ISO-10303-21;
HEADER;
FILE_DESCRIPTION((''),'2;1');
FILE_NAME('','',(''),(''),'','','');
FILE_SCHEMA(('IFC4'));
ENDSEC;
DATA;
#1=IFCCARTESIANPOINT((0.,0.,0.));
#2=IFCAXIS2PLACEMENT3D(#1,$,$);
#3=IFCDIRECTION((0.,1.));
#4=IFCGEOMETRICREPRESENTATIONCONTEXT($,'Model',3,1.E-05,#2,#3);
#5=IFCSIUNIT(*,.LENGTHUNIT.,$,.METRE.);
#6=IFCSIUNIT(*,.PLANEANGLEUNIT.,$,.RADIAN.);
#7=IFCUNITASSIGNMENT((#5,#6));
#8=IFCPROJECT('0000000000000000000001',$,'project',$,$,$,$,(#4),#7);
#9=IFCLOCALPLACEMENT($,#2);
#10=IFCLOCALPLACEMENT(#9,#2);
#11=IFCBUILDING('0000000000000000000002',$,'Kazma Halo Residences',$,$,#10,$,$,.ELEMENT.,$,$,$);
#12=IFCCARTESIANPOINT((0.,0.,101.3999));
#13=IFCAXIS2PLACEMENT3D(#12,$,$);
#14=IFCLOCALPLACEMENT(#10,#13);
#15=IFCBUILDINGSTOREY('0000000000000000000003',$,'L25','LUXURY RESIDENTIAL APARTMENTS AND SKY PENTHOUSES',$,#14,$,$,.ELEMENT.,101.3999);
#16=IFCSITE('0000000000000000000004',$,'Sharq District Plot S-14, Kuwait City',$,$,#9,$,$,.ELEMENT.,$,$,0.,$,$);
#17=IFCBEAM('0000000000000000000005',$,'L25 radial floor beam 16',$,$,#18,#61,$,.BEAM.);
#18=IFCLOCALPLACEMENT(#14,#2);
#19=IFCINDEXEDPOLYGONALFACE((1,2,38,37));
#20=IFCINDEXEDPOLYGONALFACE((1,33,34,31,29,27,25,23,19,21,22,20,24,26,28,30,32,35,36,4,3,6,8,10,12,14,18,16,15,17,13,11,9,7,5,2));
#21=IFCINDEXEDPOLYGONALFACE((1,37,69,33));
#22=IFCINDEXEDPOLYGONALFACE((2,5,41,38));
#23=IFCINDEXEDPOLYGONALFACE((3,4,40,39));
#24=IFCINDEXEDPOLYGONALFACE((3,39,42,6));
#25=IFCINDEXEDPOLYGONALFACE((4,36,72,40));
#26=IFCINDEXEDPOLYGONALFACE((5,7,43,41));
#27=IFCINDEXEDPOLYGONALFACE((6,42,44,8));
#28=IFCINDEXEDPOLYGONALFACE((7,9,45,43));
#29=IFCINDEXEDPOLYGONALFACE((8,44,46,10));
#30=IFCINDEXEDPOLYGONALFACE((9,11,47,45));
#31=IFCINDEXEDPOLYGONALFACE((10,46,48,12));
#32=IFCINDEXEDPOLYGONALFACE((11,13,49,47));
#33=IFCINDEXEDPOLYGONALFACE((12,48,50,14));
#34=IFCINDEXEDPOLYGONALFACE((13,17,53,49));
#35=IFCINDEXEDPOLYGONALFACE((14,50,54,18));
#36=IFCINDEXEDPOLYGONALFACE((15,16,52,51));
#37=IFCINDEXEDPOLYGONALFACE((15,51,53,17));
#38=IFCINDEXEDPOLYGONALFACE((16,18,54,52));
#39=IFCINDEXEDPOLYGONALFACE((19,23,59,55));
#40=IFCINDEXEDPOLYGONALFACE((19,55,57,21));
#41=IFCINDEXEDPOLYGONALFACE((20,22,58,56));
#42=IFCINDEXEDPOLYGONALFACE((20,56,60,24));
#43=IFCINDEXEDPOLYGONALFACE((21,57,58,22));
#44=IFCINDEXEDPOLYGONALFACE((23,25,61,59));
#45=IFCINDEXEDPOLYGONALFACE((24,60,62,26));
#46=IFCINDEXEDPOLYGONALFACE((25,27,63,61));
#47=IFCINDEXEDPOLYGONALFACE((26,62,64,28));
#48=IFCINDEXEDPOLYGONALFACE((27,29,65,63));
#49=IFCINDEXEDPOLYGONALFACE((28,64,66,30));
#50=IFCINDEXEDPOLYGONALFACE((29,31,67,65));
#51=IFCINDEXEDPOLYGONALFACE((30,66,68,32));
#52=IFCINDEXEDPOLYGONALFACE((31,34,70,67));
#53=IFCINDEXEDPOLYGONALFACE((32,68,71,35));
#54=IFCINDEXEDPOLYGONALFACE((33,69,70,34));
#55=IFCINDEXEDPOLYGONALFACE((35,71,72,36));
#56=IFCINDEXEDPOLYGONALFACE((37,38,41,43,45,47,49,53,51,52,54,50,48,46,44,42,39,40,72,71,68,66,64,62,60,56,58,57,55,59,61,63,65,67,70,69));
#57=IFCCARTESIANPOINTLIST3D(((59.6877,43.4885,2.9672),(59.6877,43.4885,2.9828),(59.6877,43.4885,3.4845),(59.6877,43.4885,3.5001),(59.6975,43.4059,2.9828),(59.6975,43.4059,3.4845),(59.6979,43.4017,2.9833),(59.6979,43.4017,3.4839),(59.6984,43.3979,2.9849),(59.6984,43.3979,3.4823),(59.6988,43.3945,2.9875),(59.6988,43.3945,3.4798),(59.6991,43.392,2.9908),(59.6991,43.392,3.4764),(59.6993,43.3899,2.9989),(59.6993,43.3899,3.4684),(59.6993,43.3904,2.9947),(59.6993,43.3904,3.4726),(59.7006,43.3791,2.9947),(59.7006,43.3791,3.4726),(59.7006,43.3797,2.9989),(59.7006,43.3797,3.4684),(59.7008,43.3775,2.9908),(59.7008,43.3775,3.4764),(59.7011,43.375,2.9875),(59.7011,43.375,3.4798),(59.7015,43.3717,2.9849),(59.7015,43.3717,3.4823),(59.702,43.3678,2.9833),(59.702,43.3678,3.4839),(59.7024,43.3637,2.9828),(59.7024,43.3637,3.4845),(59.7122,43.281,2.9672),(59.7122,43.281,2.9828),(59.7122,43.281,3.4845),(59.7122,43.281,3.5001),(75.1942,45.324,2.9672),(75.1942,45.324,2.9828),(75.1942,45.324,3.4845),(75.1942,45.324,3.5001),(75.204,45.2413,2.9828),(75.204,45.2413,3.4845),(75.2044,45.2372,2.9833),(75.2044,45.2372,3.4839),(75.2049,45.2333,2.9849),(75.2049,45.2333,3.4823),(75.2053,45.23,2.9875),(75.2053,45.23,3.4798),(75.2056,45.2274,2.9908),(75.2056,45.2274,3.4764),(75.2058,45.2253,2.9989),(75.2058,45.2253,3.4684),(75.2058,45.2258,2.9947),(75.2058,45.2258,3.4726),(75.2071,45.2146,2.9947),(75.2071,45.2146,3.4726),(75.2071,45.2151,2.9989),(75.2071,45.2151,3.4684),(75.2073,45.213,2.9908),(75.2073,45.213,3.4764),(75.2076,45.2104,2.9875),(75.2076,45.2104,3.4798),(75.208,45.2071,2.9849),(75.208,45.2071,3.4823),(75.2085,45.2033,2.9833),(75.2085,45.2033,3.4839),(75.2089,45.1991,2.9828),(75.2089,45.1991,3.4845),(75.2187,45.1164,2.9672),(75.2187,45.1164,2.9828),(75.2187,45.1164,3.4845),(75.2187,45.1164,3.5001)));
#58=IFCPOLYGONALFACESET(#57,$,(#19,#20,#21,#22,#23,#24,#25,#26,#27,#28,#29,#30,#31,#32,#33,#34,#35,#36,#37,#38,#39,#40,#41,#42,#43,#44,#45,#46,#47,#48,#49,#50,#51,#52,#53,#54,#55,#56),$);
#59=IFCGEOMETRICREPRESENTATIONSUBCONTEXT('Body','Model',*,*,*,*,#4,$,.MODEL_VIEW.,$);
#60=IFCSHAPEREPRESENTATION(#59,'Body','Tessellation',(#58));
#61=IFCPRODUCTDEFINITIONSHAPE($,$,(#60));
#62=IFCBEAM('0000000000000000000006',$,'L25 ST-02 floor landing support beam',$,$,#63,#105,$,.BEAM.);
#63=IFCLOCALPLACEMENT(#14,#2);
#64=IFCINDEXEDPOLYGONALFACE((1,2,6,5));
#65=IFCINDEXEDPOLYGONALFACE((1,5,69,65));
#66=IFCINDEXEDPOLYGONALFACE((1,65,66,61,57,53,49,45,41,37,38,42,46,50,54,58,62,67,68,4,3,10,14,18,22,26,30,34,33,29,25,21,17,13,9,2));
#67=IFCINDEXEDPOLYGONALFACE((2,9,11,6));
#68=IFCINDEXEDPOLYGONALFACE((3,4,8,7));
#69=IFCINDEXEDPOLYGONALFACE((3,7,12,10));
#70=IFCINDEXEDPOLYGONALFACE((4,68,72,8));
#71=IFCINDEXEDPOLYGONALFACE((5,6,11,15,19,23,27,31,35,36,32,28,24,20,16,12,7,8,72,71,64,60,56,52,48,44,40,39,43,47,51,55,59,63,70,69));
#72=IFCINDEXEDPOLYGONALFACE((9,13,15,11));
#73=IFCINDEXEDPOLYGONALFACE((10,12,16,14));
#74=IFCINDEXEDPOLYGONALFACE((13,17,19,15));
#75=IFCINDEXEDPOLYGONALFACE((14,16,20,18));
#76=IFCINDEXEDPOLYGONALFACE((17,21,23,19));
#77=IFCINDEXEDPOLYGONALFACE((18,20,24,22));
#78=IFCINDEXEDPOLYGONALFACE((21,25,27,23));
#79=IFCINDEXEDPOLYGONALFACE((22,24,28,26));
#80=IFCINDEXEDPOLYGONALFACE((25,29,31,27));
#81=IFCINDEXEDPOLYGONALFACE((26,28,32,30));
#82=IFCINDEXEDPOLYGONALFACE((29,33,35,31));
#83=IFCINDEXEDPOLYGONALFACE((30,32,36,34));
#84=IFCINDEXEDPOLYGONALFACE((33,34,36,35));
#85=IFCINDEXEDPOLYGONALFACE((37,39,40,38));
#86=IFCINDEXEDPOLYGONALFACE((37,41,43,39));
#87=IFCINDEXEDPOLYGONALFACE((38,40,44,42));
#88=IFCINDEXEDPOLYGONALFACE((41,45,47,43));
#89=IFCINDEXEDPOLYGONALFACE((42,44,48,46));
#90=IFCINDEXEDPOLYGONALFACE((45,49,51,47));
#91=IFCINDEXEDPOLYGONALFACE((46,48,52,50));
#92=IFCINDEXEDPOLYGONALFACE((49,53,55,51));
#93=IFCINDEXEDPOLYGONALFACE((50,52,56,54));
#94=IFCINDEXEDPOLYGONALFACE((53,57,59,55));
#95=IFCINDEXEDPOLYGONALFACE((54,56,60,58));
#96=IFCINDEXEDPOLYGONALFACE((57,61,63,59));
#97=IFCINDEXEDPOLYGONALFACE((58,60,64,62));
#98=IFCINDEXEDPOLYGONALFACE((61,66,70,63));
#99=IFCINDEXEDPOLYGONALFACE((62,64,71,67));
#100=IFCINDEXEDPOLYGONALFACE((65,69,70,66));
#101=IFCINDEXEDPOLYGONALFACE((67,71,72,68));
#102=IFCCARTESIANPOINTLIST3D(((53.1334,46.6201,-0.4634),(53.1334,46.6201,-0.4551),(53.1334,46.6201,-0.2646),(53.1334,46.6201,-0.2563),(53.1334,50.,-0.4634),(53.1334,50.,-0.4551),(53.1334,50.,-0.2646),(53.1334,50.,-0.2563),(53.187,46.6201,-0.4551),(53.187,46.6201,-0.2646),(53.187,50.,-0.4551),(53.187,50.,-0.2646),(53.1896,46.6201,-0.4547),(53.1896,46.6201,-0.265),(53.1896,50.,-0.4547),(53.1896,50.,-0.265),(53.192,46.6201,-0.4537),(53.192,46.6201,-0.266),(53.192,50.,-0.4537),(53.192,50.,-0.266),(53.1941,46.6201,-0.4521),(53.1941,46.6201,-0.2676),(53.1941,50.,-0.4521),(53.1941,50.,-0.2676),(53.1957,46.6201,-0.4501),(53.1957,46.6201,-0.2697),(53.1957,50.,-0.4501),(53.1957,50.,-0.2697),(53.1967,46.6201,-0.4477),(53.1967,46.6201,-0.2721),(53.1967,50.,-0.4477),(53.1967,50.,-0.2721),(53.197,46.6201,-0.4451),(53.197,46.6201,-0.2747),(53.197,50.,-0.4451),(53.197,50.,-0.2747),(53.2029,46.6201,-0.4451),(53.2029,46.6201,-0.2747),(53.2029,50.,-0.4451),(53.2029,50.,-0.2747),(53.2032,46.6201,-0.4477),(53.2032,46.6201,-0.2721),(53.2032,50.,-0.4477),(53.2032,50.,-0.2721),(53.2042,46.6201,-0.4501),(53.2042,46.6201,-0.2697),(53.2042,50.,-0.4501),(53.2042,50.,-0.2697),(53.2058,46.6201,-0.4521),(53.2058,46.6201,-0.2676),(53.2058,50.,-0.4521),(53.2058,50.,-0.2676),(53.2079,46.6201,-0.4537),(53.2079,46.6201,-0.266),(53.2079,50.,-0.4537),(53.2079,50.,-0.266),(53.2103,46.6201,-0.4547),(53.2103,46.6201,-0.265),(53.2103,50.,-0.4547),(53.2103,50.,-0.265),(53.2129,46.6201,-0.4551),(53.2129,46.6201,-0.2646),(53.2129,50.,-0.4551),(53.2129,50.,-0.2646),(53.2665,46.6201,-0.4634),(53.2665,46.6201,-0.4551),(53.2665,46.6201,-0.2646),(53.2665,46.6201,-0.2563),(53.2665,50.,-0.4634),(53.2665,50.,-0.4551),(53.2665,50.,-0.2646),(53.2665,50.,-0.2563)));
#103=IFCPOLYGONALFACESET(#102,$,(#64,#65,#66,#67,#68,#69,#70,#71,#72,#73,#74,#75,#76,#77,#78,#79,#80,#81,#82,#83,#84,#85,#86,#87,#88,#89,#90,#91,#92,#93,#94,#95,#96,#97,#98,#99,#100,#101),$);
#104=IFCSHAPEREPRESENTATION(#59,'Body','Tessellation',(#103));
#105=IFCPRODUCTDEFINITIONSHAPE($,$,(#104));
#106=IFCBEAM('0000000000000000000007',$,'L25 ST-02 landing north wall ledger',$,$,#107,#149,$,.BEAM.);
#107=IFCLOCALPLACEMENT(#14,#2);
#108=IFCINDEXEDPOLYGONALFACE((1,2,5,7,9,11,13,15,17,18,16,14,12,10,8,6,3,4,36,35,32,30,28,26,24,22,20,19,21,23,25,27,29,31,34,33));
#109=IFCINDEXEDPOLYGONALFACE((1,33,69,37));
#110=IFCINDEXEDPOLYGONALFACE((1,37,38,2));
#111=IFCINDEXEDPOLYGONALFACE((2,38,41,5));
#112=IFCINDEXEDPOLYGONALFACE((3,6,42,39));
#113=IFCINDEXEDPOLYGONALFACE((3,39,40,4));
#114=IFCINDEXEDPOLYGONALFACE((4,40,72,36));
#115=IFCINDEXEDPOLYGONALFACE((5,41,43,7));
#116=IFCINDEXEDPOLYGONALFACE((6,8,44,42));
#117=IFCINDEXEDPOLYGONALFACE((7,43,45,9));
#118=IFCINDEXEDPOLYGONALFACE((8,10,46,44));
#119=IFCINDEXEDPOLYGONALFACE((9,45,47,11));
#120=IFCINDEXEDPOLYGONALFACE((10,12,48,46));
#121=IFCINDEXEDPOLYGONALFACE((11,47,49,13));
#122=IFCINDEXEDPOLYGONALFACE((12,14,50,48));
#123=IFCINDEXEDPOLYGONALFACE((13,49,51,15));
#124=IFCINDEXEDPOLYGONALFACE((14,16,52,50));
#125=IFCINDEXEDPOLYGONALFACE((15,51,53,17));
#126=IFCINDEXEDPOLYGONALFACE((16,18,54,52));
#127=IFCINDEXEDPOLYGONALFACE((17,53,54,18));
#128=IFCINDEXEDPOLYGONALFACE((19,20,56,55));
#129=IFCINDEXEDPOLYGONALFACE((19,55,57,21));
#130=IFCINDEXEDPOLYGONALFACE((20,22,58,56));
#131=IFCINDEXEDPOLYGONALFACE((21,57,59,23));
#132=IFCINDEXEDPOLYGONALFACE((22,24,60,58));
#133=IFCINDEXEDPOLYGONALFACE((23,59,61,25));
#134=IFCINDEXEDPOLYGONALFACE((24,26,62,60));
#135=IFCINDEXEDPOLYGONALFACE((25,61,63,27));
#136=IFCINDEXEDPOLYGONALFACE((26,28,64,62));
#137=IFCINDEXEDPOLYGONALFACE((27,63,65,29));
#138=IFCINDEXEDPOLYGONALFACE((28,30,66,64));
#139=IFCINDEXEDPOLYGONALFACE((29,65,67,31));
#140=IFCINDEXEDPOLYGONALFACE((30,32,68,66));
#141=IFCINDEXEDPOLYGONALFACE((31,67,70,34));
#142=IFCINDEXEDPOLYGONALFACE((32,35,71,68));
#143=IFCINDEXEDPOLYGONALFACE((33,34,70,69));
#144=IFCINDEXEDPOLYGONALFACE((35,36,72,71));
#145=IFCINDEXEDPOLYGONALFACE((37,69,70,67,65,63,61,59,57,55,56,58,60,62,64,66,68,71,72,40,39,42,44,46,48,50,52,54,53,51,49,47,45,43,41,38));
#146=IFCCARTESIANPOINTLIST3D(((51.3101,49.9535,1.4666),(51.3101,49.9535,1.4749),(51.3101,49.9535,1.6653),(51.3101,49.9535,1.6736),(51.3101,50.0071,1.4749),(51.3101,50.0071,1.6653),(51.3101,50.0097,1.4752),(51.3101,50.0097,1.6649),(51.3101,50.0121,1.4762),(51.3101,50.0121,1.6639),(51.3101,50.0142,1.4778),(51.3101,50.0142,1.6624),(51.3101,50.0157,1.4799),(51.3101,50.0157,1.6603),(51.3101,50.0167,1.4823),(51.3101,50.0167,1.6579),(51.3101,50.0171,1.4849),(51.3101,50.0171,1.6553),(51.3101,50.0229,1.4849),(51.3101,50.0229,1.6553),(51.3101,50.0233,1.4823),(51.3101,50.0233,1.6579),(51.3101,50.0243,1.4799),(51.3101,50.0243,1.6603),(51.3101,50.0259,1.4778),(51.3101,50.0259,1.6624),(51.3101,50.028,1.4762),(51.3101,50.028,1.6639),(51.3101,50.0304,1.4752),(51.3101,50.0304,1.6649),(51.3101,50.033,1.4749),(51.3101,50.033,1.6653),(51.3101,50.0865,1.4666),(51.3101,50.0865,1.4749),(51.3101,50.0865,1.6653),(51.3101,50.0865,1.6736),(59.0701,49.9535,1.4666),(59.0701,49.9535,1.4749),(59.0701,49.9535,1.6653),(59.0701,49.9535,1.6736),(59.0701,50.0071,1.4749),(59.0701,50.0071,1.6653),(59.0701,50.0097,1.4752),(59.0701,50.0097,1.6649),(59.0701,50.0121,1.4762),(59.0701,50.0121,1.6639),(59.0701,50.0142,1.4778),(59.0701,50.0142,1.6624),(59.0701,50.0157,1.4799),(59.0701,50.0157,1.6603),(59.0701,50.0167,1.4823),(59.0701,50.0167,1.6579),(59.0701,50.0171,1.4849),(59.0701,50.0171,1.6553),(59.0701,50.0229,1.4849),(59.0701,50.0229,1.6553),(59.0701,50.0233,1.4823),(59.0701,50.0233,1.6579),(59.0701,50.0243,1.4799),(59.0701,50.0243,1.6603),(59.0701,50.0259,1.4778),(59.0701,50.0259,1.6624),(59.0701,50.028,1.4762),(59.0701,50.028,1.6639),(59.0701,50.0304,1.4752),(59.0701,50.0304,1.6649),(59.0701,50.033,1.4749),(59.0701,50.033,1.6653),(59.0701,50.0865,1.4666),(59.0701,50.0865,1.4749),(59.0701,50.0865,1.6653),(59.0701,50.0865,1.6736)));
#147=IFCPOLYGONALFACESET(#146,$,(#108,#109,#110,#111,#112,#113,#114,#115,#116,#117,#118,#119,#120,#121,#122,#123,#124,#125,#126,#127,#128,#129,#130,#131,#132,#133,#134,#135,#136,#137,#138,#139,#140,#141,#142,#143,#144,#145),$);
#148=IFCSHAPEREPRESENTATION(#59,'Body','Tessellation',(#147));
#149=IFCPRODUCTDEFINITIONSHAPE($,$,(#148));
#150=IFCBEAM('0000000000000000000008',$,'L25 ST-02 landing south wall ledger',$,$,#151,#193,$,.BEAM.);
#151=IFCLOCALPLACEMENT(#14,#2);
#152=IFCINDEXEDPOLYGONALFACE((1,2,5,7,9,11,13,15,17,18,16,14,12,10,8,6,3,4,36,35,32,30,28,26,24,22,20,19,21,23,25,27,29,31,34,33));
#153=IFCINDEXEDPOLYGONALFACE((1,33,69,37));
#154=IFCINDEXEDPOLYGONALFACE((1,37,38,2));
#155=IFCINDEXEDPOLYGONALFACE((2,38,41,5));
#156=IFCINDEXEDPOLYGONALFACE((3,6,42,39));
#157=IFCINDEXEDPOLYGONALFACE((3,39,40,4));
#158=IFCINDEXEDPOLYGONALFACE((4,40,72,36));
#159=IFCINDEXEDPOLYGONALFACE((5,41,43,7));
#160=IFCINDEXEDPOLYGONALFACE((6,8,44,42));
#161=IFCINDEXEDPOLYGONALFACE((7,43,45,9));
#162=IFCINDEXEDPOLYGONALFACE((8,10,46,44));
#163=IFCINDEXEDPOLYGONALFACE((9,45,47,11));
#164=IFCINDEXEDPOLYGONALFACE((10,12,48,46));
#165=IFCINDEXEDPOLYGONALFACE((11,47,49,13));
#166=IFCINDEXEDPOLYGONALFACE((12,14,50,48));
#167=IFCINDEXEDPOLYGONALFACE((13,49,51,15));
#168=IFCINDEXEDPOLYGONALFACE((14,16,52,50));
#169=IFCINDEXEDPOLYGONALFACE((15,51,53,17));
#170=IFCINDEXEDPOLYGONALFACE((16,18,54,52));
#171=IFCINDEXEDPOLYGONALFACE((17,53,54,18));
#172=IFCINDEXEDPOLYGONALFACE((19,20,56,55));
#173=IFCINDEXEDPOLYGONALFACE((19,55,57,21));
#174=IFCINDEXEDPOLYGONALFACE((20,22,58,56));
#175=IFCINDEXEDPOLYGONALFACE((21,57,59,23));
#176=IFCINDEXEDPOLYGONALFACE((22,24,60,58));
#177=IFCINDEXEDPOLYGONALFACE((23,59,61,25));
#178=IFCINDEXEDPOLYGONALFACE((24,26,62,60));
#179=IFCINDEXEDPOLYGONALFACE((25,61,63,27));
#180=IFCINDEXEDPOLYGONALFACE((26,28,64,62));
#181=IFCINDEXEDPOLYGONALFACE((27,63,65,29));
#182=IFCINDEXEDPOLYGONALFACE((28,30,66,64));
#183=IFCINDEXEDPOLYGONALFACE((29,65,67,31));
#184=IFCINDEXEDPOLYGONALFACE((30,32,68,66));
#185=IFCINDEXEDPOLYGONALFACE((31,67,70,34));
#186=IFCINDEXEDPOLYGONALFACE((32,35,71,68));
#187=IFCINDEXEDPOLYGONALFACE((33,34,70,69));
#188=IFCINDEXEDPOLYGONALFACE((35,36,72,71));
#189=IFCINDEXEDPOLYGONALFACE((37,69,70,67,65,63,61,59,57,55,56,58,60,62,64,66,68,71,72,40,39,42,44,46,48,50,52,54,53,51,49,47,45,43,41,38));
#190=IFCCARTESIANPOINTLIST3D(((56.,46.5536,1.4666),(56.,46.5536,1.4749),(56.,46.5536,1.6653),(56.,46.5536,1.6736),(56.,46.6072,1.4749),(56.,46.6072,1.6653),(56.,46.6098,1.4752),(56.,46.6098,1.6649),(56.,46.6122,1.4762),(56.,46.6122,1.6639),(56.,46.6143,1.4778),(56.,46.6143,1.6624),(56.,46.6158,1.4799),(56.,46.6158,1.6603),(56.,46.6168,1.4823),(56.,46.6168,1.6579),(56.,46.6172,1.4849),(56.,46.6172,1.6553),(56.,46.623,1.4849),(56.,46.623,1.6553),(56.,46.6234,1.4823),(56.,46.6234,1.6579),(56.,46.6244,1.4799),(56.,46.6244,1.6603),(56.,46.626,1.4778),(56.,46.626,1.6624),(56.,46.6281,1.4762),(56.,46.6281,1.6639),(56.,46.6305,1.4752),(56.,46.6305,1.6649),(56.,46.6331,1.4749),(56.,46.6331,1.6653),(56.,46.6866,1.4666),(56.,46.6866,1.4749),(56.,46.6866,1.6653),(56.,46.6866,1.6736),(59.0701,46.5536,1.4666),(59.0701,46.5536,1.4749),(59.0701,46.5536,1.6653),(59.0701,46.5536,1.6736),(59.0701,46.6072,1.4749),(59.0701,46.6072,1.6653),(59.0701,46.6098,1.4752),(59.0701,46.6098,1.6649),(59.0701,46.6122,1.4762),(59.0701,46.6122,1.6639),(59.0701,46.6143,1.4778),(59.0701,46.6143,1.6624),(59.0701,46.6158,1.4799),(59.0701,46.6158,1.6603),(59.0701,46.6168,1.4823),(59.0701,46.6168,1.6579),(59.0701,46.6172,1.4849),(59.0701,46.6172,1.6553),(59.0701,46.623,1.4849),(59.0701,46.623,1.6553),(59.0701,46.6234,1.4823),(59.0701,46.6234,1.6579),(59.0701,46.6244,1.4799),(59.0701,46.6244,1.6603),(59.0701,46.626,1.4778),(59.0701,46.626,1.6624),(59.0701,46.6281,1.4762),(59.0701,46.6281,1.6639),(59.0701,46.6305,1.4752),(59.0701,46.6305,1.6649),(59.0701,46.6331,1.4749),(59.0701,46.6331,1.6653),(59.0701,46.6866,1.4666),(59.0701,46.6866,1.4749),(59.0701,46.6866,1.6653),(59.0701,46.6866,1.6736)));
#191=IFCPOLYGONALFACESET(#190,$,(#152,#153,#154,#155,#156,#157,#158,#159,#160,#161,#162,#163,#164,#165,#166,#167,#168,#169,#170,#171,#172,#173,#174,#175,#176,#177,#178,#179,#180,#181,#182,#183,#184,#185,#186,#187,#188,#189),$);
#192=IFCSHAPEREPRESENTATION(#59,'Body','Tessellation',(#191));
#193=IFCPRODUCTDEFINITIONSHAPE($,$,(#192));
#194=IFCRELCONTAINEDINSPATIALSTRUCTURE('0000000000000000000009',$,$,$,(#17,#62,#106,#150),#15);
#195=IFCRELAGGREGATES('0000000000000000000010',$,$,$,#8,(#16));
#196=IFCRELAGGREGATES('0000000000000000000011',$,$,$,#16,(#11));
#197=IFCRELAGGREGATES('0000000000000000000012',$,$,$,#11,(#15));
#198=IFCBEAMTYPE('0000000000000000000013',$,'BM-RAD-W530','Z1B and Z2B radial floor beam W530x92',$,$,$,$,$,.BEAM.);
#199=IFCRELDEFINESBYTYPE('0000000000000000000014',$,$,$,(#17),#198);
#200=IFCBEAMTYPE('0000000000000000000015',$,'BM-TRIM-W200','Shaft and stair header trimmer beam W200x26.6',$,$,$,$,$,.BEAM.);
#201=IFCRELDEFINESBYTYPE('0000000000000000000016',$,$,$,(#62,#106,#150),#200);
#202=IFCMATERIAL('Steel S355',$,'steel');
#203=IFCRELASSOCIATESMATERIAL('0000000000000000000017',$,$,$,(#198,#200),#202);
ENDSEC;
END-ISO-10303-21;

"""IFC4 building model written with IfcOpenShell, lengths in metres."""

from ifc_helpers import new_model, si_unit, direction, frame, origin, origin_2d, place, context, subcontext, project, spatial, i_section, extrude, material, material_profile, profile_set, type_object, element, save


model = new_model("IFC4")

# Units and contexts
model_context = context("Model", 3, precision=1e-05, world=origin(), true_north=direction((0.0, 1.0)))
body_context = subcontext(model_context, "Body", "Model", "MODEL_VIEW")
ifc_project = project(units=[si_unit("LENGTHUNIT", "METRE"), si_unit("PLANEANGLEUNIT", "RADIAN")], contexts=[model_context])

# Site, building, storey
site_placement = place(None, origin())
site = spatial("IfcSite", under=ifc_project, at=site_placement, Name="Sharq District Plot S-14, Kuwait City", CompositionType="ELEMENT", RefElevation=0.0)
building_placement = place(site_placement, origin())
building = spatial("IfcBuilding", under=site, at=building_placement, Name="Kazma Halo Residences", CompositionType="ELEMENT")
storey_placement = place(building_placement, frame((0.0, 0.0, 101.3999)))
storey = spatial("IfcBuildingStorey", under=building, at=storey_placement, Name="L25", Description="LUXURY RESIDENTIAL APARTMENTS AND SKY PENTHOUSES", CompositionType="ELEMENT", Elevation=101.3999)

# Shared definitions
ifc_material_1 = material(Name="Steel S355", Category="steel")

# Beams
ifc_material_profile_1 = material_profile(ifc_material_1, i_section(OverallWidth=0.209, OverallDepth=0.533, WebThickness=0.0103, FlangeThickness=0.0156, FilletRadius=0.0161, at=origin_2d()), Name="W530x92")
ifc_profile_set_1 = profile_set([ifc_material_profile_1], Name="Steel S355")
beam_type_1 = type_object("IfcBeamType", Name="BM-RAD-W530", Description="Z1B and Z2B radial floor beam W530x92", PredefinedType="BEAM", material=ifc_profile_set_1)
beam_1_placement = place(storey_placement, frame((59.7, 43.3848, 3.2336), z_axis=(0.993068, 0.117545, 0.0), x_axis=(-0.117545, 0.993068, 0.0)))
element("IfcBeam", 1, at=beam_1_placement, inside=storey, type_object=beam_type_1, Name="L25 radial floor beam 16", PredefinedType="BEAM", context=body_context, shape_type="SweptSolid", body=[
    extrude(i_section(OverallWidth=0.209, OverallDepth=0.533, WebThickness=0.0103, FlangeThickness=0.0156, FilletRadius=0.0161, at=origin_2d()), origin(), (0.0, 0.0, 1.0), 15.6147),
])
ifc_material_profile_2 = material_profile(ifc_material_1, i_section(OverallWidth=0.1331, OverallDepth=0.207, WebThickness=0.0059, FlangeThickness=0.0083, FilletRadius=0.01, at=origin_2d()), Name="W200x26.6")
ifc_profile_set_2 = profile_set([ifc_material_profile_2], Name="Steel S355")
beam_type_2 = type_object("IfcBeamType", Name="BM-TRIM-W200", Description="Shaft and stair header trimmer beam W200x26.6", PredefinedType="BEAM", material=ifc_profile_set_2)
beam_2_placement = place(storey_placement, frame((53.2, 46.6201, -0.3599), z_axis=(0.0, 1.0, 0.0), x_axis=(-1.0, 0.0, 0.0)))
element("IfcBeam", 2, at=beam_2_placement, inside=storey, type_object=beam_type_2, Name="L25 ST-02 floor landing support beam", PredefinedType="BEAM", context=body_context, shape_type="SweptSolid", body=[
    extrude(i_section(OverallWidth=0.1331, OverallDepth=0.207, WebThickness=0.0059, FlangeThickness=0.0083, FilletRadius=0.01, at=origin_2d()), origin(), (0.0, 0.0, 1.0), 3.3799),
])
beam_3_placement = place(storey_placement, frame((51.3101, 50.02, 1.5701), z_axis=(1.0, 0.0, 0.0), x_axis=(0.0, 1.0, 0.0)))
element("IfcBeam", 3, at=beam_3_placement, inside=storey, type_object=beam_type_2, Name="L25 ST-02 landing north wall ledger", PredefinedType="BEAM", context=body_context, shape_type="SweptSolid", body=[
    extrude(i_section(OverallWidth=0.1331, OverallDepth=0.207, WebThickness=0.0059, FlangeThickness=0.0083, FilletRadius=0.01, at=origin_2d()), origin(), (0.0, 0.0, 1.0), 7.76),
])
beam_4_placement = place(storey_placement, frame((56.0, 46.6201, 1.5701), z_axis=(1.0, 0.0, 0.0), x_axis=(0.0, 1.0, 0.0)))
element("IfcBeam", 4, at=beam_4_placement, inside=storey, type_object=beam_type_2, Name="L25 ST-02 landing south wall ledger", PredefinedType="BEAM", context=body_context, shape_type="SweptSolid", body=[
    extrude(i_section(OverallWidth=0.1331, OverallDepth=0.207, WebThickness=0.0059, FlangeThickness=0.0083, FilletRadius=0.01, at=origin_2d()), origin(), (0.0, 0.0, 1.0), 3.0701),
])

save(model, "model.ifc")
